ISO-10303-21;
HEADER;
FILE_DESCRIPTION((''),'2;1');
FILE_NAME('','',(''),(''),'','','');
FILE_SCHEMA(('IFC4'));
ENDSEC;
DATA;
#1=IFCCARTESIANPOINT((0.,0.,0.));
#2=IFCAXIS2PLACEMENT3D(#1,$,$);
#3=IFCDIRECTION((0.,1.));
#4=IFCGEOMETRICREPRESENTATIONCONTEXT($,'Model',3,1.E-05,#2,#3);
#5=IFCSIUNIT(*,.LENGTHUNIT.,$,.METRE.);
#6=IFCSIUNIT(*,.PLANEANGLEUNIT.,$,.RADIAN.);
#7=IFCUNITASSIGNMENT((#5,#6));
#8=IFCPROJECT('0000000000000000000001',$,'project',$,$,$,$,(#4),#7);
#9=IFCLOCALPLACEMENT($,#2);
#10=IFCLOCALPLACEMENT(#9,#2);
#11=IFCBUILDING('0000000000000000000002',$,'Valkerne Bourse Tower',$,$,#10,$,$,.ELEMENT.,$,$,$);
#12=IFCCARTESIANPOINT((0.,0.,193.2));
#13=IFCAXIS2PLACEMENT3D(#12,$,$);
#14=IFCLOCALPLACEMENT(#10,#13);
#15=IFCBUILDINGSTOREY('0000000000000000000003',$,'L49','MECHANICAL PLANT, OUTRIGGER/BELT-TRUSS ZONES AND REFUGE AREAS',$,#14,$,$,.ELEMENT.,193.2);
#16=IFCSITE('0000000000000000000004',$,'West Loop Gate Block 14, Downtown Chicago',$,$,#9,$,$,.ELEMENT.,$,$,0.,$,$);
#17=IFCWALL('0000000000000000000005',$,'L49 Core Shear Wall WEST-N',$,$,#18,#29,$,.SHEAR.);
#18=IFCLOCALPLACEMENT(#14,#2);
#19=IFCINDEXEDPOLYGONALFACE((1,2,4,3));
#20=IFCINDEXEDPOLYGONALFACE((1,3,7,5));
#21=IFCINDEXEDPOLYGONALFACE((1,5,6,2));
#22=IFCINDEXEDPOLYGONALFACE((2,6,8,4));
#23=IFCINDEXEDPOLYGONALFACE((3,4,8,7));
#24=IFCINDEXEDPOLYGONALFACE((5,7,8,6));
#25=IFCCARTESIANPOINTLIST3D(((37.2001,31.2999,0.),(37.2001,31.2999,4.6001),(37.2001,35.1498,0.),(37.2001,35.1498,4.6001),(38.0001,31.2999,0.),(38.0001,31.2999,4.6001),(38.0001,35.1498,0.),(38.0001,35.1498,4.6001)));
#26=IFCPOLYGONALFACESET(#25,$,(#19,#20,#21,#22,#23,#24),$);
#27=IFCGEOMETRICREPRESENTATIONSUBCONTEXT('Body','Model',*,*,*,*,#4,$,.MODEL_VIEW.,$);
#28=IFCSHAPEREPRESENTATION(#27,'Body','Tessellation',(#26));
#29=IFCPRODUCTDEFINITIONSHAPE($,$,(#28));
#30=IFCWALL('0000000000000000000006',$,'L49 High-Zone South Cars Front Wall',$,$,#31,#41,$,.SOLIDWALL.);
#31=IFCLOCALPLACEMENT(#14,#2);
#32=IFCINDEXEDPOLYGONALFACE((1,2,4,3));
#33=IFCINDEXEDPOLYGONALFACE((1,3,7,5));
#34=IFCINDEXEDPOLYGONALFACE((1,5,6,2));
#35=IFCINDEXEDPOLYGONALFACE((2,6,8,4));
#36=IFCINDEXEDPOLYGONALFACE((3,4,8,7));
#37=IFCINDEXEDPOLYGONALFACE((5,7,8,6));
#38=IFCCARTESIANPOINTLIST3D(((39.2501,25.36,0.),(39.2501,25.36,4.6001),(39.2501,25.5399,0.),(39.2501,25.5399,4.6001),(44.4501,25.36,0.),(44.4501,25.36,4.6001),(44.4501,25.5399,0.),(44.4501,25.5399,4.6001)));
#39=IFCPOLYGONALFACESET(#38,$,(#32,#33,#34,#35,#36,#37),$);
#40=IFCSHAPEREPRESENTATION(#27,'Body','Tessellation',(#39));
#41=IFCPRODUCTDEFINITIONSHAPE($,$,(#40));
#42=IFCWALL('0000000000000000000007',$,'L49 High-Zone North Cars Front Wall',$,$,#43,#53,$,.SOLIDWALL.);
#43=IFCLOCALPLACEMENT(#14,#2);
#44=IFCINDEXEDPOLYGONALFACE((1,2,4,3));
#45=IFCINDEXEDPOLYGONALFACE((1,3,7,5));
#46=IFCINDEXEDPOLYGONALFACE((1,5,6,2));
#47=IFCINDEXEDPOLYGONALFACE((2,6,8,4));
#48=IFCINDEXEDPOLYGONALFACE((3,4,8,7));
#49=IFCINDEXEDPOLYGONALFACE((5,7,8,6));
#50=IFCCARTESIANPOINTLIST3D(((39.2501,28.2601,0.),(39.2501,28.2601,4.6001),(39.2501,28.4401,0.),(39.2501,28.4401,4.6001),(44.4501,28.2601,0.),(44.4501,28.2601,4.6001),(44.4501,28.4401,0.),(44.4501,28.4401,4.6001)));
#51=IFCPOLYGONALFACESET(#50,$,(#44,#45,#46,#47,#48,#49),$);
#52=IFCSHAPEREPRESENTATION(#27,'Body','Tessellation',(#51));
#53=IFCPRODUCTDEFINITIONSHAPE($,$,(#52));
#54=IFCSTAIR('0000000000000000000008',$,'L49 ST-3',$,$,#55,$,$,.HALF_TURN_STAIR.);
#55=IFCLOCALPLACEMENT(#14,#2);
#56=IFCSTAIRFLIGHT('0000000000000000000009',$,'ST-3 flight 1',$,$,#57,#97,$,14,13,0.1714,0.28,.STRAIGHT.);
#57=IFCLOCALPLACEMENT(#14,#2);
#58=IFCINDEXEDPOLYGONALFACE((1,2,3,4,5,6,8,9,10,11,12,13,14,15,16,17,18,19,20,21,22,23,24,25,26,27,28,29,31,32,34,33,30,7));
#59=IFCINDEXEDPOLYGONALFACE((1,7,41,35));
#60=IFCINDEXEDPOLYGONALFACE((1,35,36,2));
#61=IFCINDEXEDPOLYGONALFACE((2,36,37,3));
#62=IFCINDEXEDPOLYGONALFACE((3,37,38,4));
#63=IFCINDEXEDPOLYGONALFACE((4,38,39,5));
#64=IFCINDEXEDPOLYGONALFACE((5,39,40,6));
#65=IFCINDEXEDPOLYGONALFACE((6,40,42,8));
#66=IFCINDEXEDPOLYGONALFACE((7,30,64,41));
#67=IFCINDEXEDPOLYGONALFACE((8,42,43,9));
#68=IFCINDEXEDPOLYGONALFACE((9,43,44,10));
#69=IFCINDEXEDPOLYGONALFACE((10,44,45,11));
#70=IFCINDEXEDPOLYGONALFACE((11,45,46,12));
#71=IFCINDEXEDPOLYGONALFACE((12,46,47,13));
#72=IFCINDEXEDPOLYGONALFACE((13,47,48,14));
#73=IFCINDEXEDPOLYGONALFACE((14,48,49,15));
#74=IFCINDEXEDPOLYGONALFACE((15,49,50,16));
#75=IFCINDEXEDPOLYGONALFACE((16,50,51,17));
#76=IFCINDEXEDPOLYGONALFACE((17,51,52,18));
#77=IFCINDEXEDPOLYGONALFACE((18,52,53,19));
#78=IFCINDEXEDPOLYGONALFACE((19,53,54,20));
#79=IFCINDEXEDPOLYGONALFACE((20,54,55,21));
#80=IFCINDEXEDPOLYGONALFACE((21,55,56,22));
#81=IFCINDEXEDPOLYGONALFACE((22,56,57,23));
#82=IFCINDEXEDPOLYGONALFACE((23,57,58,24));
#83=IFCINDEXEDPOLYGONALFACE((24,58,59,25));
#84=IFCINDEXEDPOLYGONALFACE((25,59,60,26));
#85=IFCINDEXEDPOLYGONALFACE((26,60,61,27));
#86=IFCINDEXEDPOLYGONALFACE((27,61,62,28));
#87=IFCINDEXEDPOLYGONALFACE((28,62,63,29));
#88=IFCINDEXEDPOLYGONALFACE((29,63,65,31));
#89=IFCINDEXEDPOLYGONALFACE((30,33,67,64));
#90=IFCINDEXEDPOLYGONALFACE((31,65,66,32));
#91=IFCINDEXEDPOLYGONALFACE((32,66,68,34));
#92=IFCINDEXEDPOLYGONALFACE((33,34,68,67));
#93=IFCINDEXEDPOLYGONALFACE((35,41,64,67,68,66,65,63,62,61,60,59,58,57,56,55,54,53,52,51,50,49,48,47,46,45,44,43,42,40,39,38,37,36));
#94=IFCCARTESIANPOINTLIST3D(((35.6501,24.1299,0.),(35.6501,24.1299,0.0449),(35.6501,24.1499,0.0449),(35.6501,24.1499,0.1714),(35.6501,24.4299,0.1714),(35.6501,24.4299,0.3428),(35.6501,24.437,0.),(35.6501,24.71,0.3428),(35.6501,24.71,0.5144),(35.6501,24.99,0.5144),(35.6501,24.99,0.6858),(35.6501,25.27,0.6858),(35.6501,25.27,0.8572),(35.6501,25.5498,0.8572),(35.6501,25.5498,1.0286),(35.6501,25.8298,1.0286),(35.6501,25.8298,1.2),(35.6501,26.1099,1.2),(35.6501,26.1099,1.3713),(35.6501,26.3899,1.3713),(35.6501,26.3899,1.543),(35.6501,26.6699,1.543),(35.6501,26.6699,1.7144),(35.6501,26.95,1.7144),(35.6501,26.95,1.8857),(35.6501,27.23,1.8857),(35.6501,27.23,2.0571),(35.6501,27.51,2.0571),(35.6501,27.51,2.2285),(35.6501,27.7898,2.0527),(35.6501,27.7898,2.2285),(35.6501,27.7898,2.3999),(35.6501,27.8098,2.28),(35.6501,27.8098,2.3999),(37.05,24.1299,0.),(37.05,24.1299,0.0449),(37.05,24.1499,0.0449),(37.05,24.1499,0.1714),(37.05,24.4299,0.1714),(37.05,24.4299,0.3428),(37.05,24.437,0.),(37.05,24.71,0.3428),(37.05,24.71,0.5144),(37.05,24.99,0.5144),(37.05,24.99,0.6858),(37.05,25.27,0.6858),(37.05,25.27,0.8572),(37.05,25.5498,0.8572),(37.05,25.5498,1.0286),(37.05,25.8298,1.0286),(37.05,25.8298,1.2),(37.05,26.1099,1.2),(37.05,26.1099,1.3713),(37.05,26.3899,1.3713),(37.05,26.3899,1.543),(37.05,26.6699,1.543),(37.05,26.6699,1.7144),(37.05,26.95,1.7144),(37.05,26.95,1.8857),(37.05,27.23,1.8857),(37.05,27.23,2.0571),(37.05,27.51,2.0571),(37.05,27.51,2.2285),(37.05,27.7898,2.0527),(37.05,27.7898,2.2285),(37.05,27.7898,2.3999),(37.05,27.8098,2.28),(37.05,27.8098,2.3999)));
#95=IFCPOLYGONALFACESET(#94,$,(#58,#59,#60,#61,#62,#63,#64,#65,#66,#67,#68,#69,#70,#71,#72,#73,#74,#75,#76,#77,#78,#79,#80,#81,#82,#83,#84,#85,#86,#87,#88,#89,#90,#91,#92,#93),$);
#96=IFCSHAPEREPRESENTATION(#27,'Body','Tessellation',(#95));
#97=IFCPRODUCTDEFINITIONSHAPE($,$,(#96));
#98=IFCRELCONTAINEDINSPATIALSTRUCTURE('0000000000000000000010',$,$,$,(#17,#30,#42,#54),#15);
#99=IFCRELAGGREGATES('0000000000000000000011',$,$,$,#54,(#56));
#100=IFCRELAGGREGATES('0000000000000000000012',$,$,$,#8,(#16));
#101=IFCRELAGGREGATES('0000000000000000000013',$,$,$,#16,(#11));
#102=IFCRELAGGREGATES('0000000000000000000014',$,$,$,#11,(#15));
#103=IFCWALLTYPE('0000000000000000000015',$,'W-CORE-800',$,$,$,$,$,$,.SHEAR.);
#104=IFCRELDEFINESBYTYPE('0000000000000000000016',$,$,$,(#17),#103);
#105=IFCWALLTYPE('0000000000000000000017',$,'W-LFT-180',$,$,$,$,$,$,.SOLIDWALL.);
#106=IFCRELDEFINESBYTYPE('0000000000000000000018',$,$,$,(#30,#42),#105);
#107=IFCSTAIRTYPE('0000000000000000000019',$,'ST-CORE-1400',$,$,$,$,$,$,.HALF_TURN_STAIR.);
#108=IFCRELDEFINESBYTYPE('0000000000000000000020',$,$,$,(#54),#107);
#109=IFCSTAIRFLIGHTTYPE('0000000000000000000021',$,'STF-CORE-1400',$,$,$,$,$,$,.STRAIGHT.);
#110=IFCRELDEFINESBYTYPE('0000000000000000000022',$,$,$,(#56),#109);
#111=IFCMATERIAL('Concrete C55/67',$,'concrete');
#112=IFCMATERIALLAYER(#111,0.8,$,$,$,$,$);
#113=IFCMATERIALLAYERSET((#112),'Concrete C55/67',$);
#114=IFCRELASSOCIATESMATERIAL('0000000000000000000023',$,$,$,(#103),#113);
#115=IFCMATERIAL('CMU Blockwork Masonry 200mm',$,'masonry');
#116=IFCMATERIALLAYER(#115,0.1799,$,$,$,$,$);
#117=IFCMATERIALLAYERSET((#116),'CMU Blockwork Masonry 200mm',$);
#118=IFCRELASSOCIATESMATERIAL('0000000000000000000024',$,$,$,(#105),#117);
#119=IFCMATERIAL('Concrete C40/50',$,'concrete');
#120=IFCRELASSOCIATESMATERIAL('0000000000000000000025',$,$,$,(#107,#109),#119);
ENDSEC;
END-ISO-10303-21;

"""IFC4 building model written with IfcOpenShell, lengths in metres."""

from ifc_helpers import new_model, si_unit, direction, frame, frame_2d, origin, place, context, subcontext, project, spatial, polyline, rectangle, outline, extrude, material, layer, layer_set, type_object, element, aggregate, save


model = new_model("IFC4")

# Units and contexts
model_context = context("Model", 3, precision=1e-05, world=origin(), true_north=direction((0.0, 1.0)))
body_context = subcontext(model_context, "Body", "Model", "MODEL_VIEW")
ifc_project = project(units=[si_unit("LENGTHUNIT", "METRE"), si_unit("PLANEANGLEUNIT", "RADIAN")], contexts=[model_context])

# Site, building, storey
site_placement = place(None, origin())
site = spatial("IfcSite", under=ifc_project, at=site_placement, Name="West Loop Gate Block 14, Downtown Chicago", CompositionType="ELEMENT", RefElevation=0.0)
building_placement = place(site_placement, origin())
building = spatial("IfcBuilding", under=site, at=building_placement, Name="Valkerne Bourse Tower", CompositionType="ELEMENT")
storey_placement = place(building_placement, frame((0.0, 0.0, 193.2)))
storey = spatial("IfcBuildingStorey", under=building, at=storey_placement, Name="L49", Description="MECHANICAL PLANT, OUTRIGGER/BELT-TRUSS ZONES AND REFUGE AREAS", CompositionType="ELEMENT", Elevation=193.2)

# Wall
ifc_material_1 = material(Name="Concrete C55/67", Category="concrete")
ifc_layer_1 = layer(ifc_material_1, 0.8)
ifc_layer_set_1 = layer_set([ifc_layer_1], Name="Concrete C55/67")
wall_type_1 = type_object("IfcWallType", Name="W-CORE-800", PredefinedType="SHEAR", material=ifc_layer_set_1)
wall_1_placement = place(storey_placement, frame((37.6001, 31.3, 0.0), z_axis=(0.0, 0.0, 1.0), x_axis=(0.0, 1.0, 0.0)))
element("IfcWall", 1, at=wall_1_placement, inside=storey, type_object=wall_type_1, Name="L49 Core Shear Wall WEST-N", PredefinedType="SHEAR", context=body_context, shape_type="SweptSolid", body=[
    extrude(rectangle(XDim=3.8499, YDim=0.8, at=frame_2d((1.9248, 0.0))), origin(), (0.0, 0.0, 1.0), 4.6001),
])

# Shared definitions
ifc_material_2 = material(Name="CMU Blockwork Masonry 200mm", Category="masonry")
ifc_layer_2 = layer(ifc_material_2, 0.1799)
ifc_layer_set_2 = layer_set([ifc_layer_2], Name="CMU Blockwork Masonry 200mm")
wall_type_2 = type_object("IfcWallType", Name="W-LFT-180", PredefinedType="SOLIDWALL", material=ifc_layer_set_2)

# Walls
for number, where, z_axis, x_axis, name in (
    (2, (39.25, 25.45, 0.0), (0.0, 0.0, 1.0), (1.0, 0.0, 0.0), "L49 High-Zone South Cars Front Wall"),
    (3, (39.25, 28.3501, 0.0), (0.0, 0.0, 1.0), (1.0, 0.0, 0.0), "L49 High-Zone North Cars Front Wall"),
):
    element("IfcWall", number, at=place(storey_placement, frame(where, z_axis=z_axis, x_axis=x_axis)), inside=storey, type_object=wall_type_2, Name=name, PredefinedType="SOLIDWALL", context=body_context, shape_type="SweptSolid", body=[
        extrude(rectangle(XDim=5.2, YDim=0.1799, at=frame_2d((2.6001, 0.0))), origin(), (0.0, 0.0, 1.0), 4.6001),
    ])

# Stair, stair flight
ifc_material_3 = material(Name="Concrete C40/50", Category="concrete")
stair_type = type_object("IfcStairType", Name="ST-CORE-1400", PredefinedType="HALF_TURN_STAIR", material=ifc_material_3)
stair_placement = place(storey_placement, origin())
stair = element("IfcStair", 4, at=stair_placement, inside=storey, type_object=stair_type, Name="L49 ST-3", PredefinedType="HALF_TURN_STAIR")
stair_flight_type = type_object("IfcStairFlightType", Name="STF-CORE-1400", PredefinedType="STRAIGHT", material=ifc_material_3)
stair_flight_placement = place(storey_placement, frame((36.3501, 24.1499, 0.0), z_axis=(0.0, 0.0, 1.0), x_axis=(0.0, 1.0, 0.0)))
stair_flight = element("IfcStairFlight", 5, at=stair_flight_placement, type_object=stair_flight_type, Name="ST-3 flight 1", NumberOfRisers=14, NumberOfTreads=13, PredefinedType="STRAIGHT", RiserHeight=0.1714, TreadLength=0.28, context=body_context, shape_type="SweptSolid", body=[
    extrude(outline(polyline([(-0.02, 0.0), (-0.02, 0.0449), (0.0, 0.0449), (0.0, 0.1714), (0.28, 0.1714), (0.28, 0.3428), (0.5601, 0.3428), (0.5601, 0.5144), (0.8401, 0.5144), (0.8401, 0.6858), (1.1201, 0.6858), (1.1201, 0.8572), (1.3999, 0.8572), (1.3999, 1.0286), (1.6799, 1.0286), (1.6799, 1.2), (1.96, 1.2), (1.96, 1.3713), (2.24, 1.3713), (2.24, 1.543), (2.52, 1.543), (2.52, 1.7144), (2.8, 1.7144), (2.8, 1.8857), (3.0801, 1.8857), (3.0801, 2.0571), (3.3601, 2.0571), (3.3601, 2.2285), (3.6399, 2.2285), (3.6399, 2.3999), (3.6599, 2.3999), (3.6599, 2.28), (3.6399, 2.0527), (0.2871, 0.0), (-0.02, 0.0)])), frame((0.0, 0.7, 0.0), z_axis=(0.0, -1.0, 0.0), x_axis=(1.0, 0.0, 0.0)), (0.0, 0.0, 1.0), 1.3999),
])
aggregate(stair, [stair_flight])

save(model, "model.ifc")
